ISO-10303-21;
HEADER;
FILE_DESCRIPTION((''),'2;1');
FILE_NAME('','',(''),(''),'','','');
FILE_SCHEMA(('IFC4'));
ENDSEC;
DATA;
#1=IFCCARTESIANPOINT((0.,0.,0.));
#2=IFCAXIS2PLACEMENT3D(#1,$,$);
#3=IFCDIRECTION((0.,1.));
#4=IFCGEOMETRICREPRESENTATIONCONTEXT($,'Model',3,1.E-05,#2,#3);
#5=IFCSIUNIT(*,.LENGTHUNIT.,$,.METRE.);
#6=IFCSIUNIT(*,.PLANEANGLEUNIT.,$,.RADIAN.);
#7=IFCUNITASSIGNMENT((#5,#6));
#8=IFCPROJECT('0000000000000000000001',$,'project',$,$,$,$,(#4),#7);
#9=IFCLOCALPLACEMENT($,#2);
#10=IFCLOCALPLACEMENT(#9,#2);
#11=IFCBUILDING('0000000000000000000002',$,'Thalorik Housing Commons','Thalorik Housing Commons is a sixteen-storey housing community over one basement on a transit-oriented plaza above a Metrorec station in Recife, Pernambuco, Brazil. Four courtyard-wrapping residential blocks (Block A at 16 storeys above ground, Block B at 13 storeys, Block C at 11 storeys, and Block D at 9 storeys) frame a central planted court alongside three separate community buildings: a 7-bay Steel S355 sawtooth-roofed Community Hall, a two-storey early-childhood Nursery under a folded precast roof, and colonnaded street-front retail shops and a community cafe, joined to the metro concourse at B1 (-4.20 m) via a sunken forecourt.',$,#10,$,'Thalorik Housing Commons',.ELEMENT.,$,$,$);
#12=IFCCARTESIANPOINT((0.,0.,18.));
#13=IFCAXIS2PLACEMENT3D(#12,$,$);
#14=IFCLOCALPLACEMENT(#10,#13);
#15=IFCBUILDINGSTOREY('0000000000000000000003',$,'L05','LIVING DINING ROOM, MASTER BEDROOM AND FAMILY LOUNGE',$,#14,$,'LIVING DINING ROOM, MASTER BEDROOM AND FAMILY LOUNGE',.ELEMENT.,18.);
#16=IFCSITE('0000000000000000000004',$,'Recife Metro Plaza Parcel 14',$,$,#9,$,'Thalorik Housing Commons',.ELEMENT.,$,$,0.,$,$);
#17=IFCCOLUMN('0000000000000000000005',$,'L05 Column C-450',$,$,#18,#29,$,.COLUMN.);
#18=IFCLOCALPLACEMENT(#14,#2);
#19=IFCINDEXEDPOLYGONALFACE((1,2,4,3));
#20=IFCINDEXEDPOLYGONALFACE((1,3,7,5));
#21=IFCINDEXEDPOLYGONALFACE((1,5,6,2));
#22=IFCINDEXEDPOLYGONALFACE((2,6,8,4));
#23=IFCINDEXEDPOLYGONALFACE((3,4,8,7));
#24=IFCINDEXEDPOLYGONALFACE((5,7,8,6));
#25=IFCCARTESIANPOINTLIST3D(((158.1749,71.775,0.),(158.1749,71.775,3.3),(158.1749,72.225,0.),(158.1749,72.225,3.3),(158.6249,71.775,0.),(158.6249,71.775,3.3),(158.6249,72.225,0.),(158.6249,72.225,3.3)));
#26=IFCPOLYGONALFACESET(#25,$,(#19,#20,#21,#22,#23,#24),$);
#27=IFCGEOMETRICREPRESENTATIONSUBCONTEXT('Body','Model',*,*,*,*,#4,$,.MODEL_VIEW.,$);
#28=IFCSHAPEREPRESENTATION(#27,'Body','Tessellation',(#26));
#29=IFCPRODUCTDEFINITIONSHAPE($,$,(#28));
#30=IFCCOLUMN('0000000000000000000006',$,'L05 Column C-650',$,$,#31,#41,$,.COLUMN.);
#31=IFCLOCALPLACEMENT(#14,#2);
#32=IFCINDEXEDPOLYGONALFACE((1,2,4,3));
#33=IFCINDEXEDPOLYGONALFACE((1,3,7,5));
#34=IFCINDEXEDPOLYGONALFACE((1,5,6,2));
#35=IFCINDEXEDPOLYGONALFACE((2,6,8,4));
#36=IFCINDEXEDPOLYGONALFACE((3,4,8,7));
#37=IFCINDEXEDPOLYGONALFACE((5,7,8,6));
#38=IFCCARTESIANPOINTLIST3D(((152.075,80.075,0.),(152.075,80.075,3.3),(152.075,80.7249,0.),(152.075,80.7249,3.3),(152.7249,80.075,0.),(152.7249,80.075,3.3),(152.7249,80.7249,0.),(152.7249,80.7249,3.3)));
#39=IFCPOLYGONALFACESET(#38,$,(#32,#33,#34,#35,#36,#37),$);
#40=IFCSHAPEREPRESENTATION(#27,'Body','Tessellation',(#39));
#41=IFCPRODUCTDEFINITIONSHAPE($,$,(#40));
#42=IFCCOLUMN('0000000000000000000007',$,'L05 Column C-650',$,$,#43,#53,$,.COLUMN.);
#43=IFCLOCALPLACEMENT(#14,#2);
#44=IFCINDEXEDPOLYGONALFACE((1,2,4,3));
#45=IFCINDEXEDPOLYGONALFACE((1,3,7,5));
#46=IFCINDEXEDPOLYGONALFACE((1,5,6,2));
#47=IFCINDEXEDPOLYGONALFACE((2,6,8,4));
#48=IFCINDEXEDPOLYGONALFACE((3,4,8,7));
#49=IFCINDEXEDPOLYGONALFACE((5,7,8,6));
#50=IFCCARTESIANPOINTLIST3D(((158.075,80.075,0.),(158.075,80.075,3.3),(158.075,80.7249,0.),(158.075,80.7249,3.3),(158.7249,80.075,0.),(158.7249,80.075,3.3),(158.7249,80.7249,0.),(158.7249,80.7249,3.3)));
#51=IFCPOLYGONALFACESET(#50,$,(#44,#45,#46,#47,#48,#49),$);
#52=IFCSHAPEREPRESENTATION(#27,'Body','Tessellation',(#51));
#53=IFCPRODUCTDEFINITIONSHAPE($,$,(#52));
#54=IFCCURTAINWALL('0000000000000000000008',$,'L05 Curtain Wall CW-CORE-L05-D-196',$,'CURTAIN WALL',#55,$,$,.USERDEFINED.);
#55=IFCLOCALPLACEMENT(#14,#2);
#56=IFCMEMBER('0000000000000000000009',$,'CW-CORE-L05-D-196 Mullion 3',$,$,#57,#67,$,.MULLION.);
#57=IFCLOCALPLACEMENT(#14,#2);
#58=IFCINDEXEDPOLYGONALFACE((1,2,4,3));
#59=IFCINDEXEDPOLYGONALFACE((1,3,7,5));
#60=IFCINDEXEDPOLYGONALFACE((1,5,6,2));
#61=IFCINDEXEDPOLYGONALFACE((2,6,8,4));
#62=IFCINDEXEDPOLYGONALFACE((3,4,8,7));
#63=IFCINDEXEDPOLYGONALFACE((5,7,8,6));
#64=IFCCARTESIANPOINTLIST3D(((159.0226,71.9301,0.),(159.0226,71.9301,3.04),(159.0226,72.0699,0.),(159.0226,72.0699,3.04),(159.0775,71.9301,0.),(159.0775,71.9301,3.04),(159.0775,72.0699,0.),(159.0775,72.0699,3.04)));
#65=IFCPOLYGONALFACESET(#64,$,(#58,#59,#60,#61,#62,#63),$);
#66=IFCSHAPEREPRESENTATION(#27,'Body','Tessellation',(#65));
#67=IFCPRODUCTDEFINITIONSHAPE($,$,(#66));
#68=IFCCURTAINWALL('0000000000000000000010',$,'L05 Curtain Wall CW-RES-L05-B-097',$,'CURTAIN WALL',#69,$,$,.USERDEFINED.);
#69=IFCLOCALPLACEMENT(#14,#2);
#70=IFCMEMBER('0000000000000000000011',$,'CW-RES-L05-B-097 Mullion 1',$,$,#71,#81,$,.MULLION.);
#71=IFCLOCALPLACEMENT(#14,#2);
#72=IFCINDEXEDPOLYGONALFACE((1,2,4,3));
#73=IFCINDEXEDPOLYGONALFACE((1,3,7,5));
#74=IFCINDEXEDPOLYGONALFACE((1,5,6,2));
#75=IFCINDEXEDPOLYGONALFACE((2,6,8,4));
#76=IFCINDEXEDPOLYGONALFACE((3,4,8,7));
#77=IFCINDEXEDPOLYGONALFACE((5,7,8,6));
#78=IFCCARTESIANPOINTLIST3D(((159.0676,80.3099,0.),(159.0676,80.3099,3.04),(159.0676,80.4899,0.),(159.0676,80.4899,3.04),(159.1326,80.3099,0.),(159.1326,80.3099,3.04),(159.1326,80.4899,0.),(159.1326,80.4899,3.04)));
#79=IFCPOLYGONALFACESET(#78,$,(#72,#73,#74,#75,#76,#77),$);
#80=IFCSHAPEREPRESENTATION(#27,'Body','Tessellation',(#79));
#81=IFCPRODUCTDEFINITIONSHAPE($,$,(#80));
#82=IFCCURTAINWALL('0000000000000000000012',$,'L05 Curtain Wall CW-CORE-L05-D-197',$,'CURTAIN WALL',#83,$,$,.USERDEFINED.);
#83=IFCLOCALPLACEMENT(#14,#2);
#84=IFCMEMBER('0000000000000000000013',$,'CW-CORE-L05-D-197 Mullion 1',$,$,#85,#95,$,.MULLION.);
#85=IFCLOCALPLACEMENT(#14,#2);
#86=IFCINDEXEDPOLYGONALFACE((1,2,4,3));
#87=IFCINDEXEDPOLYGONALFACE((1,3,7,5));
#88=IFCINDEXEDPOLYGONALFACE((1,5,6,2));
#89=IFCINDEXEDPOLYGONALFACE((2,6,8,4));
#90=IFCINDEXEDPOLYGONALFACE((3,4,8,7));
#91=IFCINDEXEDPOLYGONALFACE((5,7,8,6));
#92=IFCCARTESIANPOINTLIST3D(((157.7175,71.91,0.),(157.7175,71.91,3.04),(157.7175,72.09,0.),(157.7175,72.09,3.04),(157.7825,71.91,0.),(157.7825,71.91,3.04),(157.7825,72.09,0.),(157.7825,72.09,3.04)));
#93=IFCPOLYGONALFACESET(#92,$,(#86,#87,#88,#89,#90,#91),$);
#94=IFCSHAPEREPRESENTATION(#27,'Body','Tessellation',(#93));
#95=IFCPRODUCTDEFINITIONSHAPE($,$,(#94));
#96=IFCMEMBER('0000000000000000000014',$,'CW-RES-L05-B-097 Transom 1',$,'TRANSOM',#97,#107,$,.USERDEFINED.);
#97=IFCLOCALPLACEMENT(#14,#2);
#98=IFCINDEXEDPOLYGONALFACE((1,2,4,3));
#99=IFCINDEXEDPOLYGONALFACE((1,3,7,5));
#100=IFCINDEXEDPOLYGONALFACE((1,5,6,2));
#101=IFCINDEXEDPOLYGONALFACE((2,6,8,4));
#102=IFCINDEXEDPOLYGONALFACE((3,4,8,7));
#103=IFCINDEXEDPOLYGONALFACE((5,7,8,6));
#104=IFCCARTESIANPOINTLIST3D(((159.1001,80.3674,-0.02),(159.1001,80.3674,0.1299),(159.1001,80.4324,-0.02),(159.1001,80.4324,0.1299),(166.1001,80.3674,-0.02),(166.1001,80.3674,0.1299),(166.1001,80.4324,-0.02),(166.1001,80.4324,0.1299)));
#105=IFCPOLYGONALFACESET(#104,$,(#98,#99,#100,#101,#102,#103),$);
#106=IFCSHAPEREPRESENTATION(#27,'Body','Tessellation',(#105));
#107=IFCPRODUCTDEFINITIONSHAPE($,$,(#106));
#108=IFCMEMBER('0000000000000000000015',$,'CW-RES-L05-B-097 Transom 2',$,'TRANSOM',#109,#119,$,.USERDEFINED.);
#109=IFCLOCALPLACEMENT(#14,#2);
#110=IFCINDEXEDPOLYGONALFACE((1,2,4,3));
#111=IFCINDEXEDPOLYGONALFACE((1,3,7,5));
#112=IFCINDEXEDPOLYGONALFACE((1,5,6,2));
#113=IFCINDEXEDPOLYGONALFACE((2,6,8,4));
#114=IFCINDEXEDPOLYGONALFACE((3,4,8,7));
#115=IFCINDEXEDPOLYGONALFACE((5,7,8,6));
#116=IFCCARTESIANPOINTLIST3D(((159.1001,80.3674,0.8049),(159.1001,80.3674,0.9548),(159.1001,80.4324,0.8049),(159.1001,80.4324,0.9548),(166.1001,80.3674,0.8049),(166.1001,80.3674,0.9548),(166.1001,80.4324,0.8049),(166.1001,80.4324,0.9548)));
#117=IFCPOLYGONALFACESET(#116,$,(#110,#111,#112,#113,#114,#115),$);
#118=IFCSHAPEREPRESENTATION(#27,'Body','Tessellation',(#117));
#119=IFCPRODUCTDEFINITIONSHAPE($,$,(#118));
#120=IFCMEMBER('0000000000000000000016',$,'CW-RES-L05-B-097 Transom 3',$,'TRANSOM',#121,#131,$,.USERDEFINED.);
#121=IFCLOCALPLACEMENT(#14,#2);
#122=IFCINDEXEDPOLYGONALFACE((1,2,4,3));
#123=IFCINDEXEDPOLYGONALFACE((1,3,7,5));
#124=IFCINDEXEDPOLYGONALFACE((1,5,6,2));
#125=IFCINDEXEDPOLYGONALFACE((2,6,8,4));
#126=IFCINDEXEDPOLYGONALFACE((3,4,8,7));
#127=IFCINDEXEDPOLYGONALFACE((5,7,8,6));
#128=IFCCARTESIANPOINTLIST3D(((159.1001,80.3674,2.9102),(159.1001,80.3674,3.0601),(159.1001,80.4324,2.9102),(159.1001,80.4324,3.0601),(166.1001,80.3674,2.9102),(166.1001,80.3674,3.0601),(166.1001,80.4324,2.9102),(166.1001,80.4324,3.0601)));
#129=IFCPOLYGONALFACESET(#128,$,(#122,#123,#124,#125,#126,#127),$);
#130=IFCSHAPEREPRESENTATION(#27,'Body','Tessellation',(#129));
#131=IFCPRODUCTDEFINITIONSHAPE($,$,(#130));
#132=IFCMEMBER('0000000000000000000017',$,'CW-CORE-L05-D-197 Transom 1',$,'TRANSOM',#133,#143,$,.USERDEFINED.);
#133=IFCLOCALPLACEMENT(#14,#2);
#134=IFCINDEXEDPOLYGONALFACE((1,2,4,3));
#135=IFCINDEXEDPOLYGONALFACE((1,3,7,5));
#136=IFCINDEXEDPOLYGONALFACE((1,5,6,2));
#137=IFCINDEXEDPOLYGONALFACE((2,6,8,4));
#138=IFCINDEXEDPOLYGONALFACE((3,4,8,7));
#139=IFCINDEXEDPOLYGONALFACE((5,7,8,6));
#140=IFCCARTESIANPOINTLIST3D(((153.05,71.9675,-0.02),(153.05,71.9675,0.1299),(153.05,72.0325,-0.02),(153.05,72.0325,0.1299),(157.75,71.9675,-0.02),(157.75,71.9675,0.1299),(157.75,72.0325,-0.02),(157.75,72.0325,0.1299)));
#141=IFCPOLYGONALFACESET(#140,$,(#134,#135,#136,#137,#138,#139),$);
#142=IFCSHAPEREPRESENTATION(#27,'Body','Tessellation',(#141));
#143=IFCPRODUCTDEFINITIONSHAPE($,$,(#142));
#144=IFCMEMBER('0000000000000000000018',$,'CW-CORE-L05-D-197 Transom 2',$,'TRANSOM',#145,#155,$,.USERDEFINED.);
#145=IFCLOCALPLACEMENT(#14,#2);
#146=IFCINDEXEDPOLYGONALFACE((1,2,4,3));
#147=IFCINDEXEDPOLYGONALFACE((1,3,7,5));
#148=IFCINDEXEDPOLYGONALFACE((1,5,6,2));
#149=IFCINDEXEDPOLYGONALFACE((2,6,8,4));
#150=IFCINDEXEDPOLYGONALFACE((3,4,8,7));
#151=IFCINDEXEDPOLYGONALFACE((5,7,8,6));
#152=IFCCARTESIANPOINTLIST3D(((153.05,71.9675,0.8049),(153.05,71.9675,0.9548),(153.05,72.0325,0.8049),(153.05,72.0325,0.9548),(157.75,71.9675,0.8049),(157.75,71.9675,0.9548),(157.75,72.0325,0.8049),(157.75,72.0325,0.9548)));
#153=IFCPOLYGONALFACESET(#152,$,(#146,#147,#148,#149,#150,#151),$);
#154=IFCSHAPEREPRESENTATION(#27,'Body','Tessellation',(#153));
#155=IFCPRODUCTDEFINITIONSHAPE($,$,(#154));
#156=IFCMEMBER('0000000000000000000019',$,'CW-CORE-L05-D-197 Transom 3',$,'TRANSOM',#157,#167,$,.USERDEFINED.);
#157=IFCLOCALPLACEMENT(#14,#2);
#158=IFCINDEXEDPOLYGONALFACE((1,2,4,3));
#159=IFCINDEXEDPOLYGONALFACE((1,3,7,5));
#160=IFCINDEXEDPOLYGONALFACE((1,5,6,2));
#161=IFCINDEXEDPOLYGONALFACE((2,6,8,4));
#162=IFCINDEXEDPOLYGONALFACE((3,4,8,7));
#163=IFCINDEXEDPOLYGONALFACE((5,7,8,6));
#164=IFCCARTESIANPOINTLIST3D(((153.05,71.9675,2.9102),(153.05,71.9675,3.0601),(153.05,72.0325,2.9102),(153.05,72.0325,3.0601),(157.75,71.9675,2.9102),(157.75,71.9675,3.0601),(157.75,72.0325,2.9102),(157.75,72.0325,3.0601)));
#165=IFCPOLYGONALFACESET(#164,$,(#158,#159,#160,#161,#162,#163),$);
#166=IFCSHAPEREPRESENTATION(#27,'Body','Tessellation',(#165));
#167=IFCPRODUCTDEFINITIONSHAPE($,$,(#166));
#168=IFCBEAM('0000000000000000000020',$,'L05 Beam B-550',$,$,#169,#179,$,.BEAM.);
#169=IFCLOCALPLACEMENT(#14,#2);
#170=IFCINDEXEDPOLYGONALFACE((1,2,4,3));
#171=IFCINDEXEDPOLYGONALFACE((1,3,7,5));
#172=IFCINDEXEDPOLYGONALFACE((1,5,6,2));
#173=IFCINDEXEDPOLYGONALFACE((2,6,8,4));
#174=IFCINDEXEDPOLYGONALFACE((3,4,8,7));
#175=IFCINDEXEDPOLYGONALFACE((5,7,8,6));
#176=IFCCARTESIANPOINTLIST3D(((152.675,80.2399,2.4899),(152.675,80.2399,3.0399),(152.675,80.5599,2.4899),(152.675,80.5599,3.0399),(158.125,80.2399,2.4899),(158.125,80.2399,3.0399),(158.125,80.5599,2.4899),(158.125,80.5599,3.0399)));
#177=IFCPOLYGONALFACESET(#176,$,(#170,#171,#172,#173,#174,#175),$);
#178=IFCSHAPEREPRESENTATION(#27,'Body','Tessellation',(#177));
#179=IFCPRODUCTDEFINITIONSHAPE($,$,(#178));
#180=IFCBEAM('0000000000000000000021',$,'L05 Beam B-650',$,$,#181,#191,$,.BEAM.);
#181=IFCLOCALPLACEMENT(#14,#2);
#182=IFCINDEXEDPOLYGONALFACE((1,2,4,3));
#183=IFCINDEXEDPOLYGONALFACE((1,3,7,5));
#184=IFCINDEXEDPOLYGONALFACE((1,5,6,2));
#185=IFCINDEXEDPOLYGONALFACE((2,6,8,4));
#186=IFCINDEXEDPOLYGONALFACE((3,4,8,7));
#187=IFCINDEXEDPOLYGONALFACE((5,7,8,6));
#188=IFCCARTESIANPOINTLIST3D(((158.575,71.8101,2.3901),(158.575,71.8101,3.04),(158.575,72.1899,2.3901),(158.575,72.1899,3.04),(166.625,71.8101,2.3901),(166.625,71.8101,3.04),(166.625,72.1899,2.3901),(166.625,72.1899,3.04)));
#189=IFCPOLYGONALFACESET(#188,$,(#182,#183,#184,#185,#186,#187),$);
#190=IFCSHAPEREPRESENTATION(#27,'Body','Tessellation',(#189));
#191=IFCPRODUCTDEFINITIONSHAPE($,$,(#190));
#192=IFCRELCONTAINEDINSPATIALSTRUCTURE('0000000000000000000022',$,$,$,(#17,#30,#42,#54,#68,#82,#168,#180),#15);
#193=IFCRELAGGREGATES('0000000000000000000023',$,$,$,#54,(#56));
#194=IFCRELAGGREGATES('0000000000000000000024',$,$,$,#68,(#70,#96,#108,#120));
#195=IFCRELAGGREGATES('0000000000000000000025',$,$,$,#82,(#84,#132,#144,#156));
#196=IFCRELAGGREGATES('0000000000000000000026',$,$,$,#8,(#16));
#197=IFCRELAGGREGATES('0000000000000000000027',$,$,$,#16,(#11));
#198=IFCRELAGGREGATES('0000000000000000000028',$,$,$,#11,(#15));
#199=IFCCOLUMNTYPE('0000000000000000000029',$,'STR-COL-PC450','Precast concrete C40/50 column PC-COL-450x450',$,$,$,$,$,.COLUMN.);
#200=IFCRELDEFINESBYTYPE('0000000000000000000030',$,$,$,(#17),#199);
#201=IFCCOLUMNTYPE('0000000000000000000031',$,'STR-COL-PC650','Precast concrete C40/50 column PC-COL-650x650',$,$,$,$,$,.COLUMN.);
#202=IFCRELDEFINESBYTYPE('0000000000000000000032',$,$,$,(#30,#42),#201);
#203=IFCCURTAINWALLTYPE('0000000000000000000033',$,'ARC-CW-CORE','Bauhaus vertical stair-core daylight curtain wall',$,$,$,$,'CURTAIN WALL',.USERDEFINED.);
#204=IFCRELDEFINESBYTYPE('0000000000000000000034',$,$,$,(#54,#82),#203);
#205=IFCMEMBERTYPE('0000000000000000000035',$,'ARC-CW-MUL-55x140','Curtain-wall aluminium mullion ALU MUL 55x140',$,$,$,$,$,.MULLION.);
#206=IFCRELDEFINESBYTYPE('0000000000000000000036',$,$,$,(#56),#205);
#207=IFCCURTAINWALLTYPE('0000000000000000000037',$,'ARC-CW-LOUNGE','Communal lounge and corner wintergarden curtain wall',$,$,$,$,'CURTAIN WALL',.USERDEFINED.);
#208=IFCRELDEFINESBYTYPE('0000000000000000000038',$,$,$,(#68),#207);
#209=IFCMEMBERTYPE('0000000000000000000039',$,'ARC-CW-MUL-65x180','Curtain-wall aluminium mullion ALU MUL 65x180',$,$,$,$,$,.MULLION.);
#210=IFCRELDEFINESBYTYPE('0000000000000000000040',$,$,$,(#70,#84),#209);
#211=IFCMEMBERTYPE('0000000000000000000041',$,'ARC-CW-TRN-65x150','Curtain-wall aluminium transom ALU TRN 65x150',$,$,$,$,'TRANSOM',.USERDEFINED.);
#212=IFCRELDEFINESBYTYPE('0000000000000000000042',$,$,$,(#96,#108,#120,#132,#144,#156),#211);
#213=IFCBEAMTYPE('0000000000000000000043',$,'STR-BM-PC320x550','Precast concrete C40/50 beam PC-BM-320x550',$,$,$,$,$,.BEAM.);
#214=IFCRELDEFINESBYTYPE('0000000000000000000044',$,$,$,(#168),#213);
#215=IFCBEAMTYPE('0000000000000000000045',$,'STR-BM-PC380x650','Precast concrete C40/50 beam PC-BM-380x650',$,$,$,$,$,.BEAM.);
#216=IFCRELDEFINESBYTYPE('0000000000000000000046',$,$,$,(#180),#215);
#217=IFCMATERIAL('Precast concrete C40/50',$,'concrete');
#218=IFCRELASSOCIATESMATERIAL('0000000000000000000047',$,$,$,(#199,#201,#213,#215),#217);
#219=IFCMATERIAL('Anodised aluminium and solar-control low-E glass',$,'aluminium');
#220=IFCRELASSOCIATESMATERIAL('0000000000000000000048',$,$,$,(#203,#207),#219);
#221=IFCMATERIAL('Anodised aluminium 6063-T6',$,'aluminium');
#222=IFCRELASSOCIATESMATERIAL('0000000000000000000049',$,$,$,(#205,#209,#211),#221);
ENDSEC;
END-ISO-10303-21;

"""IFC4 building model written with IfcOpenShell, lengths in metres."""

from ifc_helpers import new_model, si_unit, direction, frame, origin, origin_2d, place, context, subcontext, project, spatial, rectangle, extrude, material, material_profile, profile_set, type_object, element, aggregate, save


model = new_model("IFC4")

# Units and contexts
model_context = context("Model", 3, precision=1e-05, world=origin(), true_north=direction((0.0, 1.0)))
body_context = subcontext(model_context, "Body", "Model", "MODEL_VIEW")
ifc_project = project(units=[si_unit("LENGTHUNIT", "METRE"), si_unit("PLANEANGLEUNIT", "RADIAN")], contexts=[model_context])

# Site, building, storey
site_placement = place(None, origin())
site = spatial("IfcSite", under=ifc_project, at=site_placement, Name="Recife Metro Plaza Parcel 14", LongName="Thalorik Housing Commons", CompositionType="ELEMENT", RefElevation=0.0)
building_placement = place(site_placement, origin())
building = spatial("IfcBuilding", under=site, at=building_placement, Name="Thalorik Housing Commons", Description="Thalorik Housing Commons is a sixteen-storey housing community over one basement on a transit-oriented plaza above a Metrorec station in Recife, Pernambuco, Brazil. Four courtyard-wrapping residential blocks (Block A at 16 storeys above ground, Block B at 13 storeys, Block C at 11 storeys, and Block D at 9 storeys) frame a central planted court alongside three separate community buildings: a 7-bay Steel S355 sawtooth-roofed Community Hall, a two-storey early-childhood Nursery under a folded precast roof, and colonnaded street-front retail shops and a community cafe, joined to the metro concourse at B1 (-4.20 m) via a sunken forecourt.", LongName="Thalorik Housing Commons", CompositionType="ELEMENT")
storey_placement = place(building_placement, frame((0.0, 0.0, 18.0)))
storey = spatial("IfcBuildingStorey", under=building, at=storey_placement, Name="L05", Description="LIVING DINING ROOM, MASTER BEDROOM AND FAMILY LOUNGE", LongName="LIVING DINING ROOM, MASTER BEDROOM AND FAMILY LOUNGE", CompositionType="ELEMENT", Elevation=18.0)

# Columns
ifc_material_1 = material(Name="Precast concrete C40/50", Category="concrete")
ifc_material_profile_1 = material_profile(ifc_material_1, rectangle(XDim=0.45, YDim=0.45, at=origin_2d()), Name="PC 450x450", Category="concrete")
ifc_profile_set_1 = profile_set([ifc_material_profile_1], Name="Precast concrete C40/50")
column_type_1 = type_object("IfcColumnType", Name="STR-COL-PC450", Description="Precast concrete C40/50 column PC-COL-450x450", PredefinedType="COLUMN", material=ifc_profile_set_1)
column_placement = place(storey_placement, frame((158.3999, 72.0, 0.0), z_axis=(0.0, 0.0, 1.0), x_axis=(1.0, 0.0, 0.0)))
element("IfcColumn", 1, at=column_placement, inside=storey, type_object=column_type_1, Name="L05 Column C-450", PredefinedType="COLUMN", context=body_context, shape_type="SweptSolid", body=[
    extrude(rectangle(XDim=0.45, YDim=0.45, at=origin_2d()), origin(), (0.0, 0.0, 1.0), 3.3),
])
ifc_material_profile_2 = material_profile(ifc_material_1, rectangle(XDim=0.6499, YDim=0.6499, at=origin_2d()), Name="PC 650x650", Category="concrete")
ifc_profile_set_2 = profile_set([ifc_material_profile_2], Name="Precast concrete C40/50")
column_type_2 = type_object("IfcColumnType", Name="STR-COL-PC650", Description="Precast concrete C40/50 column PC-COL-650x650", PredefinedType="COLUMN", material=ifc_profile_set_2)
for number, where, z_axis, x_axis, name in (
    (2, (152.3999, 80.3999, 0.0), (0.0, 0.0, 1.0), (1.0, 0.0, 0.0), "L05 Column C-650"),
    (3, (158.3999, 80.3999, 0.0), (0.0, 0.0, 1.0), (1.0, 0.0, 0.0), "L05 Column C-650"),
):
    element("IfcColumn", number, at=place(storey_placement, frame(where, z_axis=z_axis, x_axis=x_axis)), inside=storey, type_object=column_type_2, Name=name, PredefinedType="COLUMN", context=body_context, shape_type="SweptSolid", body=[
        extrude(rectangle(XDim=0.6499, YDim=0.6499, at=origin_2d()), origin(), (0.0, 0.0, 1.0), 3.3),
    ])

# Curtain walls, members
ifc_material_2 = material(Name="Anodised aluminium and solar-control low-E glass", Category="aluminium")
curtain_wall_type_1 = type_object("IfcCurtainWallType", Name="ARC-CW-CORE", Description="Bauhaus vertical stair-core daylight curtain wall", ElementType="CURTAIN WALL", PredefinedType="USERDEFINED", material=ifc_material_2)
curtain_wall_1_placement = place(storey_placement, origin())
curtain_wall_1 = element("IfcCurtainWall", 4, at=curtain_wall_1_placement, inside=storey, type_object=curtain_wall_type_1, Name="L05 Curtain Wall CW-CORE-L05-D-196", ObjectType="CURTAIN WALL", PredefinedType="USERDEFINED")
ifc_material_3 = material(Name="Anodised aluminium 6063-T6", Category="aluminium")
ifc_material_profile_3 = material_profile(ifc_material_3, rectangle(XDim=0.0549, YDim=0.1399, at=origin_2d()), Name="ALU MUL 55x140", Category="aluminium")
ifc_profile_set_3 = profile_set([ifc_material_profile_3], Name="Anodised aluminium 6063-T6")
member_type_1 = type_object("IfcMemberType", Name="ARC-CW-MUL-55x140", Description="Curtain-wall aluminium mullion ALU MUL 55x140", PredefinedType="MULLION", material=ifc_profile_set_3)
member_1_placement = place(storey_placement, frame((159.05, 72.0, 0.0), z_axis=(0.0, 0.0, 1.0), x_axis=(-1.0, 0.0, 0.0)))
member_1 = element("IfcMember", 5, at=member_1_placement, type_object=member_type_1, Name="CW-CORE-L05-D-196 Mullion 3", PredefinedType="MULLION", context=body_context, shape_type="SweptSolid", body=[
    extrude(rectangle(XDim=0.0549, YDim=0.1399, at=origin_2d()), origin(), (0.0, 0.0, 1.0), 3.04),
])
aggregate(curtain_wall_1, [member_1])
curtain_wall_type_2 = type_object("IfcCurtainWallType", Name="ARC-CW-LOUNGE", Description="Communal lounge and corner wintergarden curtain wall", ElementType="CURTAIN WALL", PredefinedType="USERDEFINED", material=ifc_material_2)
curtain_wall_2_placement = place(storey_placement, origin())
curtain_wall_2 = element("IfcCurtainWall", 6, at=curtain_wall_2_placement, inside=storey, type_object=curtain_wall_type_2, Name="L05 Curtain Wall CW-RES-L05-B-097", ObjectType="CURTAIN WALL", PredefinedType="USERDEFINED")
ifc_material_profile_4 = material_profile(ifc_material_3, rectangle(XDim=0.0649, YDim=0.1799, at=origin_2d()), Name="ALU MUL 65x180", Category="aluminium")
ifc_profile_set_4 = profile_set([ifc_material_profile_4], Name="Anodised aluminium 6063-T6")
member_type_2 = type_object("IfcMemberType", Name="ARC-CW-MUL-65x180", Description="Curtain-wall aluminium mullion ALU MUL 65x180", PredefinedType="MULLION", material=ifc_profile_set_4)
member_2_placement = place(storey_placement, frame((159.1001, 80.3999, 0.0), z_axis=(0.0, 0.0, 1.0), x_axis=(1.0, 0.0, 0.0)))
member_2 = element("IfcMember", 7, at=member_2_placement, type_object=member_type_2, Name="CW-RES-L05-B-097 Mullion 1", PredefinedType="MULLION", context=body_context, shape_type="SweptSolid", body=[
    extrude(rectangle(XDim=0.0649, YDim=0.1799, at=origin_2d()), origin(), (0.0, 0.0, 1.0), 3.04),
])
curtain_wall_3_placement = place(storey_placement, origin())
curtain_wall_3 = element("IfcCurtainWall", 8, at=curtain_wall_3_placement, inside=storey, type_object=curtain_wall_type_1, Name="L05 Curtain Wall CW-CORE-L05-D-197", ObjectType="CURTAIN WALL", PredefinedType="USERDEFINED")
member_3_placement = place(storey_placement, frame((157.75, 72.0, 0.0), z_axis=(0.0, 0.0, 1.0), x_axis=(-1.0, 0.0, 0.0)))
member_3 = element("IfcMember", 9, at=member_3_placement, type_object=member_type_2, Name="CW-CORE-L05-D-197 Mullion 1", PredefinedType="MULLION", context=body_context, shape_type="SweptSolid", body=[
    extrude(rectangle(XDim=0.0649, YDim=0.1799, at=origin_2d()), origin(), (0.0, 0.0, 1.0), 3.04),
])

# Members
ifc_material_profile_5 = material_profile(ifc_material_3, rectangle(XDim=0.0649, YDim=0.1499, at=origin_2d()), Name="ALU TRN 65x150", Category="aluminium")
ifc_profile_set_5 = profile_set([ifc_material_profile_5], Name="Anodised aluminium 6063-T6")
member_type_3 = type_object("IfcMemberType", Name="ARC-CW-TRN-65x150", Description="Curtain-wall aluminium transom ALU TRN 65x150", ElementType="TRANSOM", PredefinedType="USERDEFINED", material=ifc_profile_set_5)
member_4_placement = place(storey_placement, frame((159.1001, 80.3999, 0.0549), z_axis=(1.0, 0.0, 0.0), x_axis=(0.0, 1.0, 0.0)))
member_4 = element("IfcMember", 10, at=member_4_placement, type_object=member_type_3, Name="CW-RES-L05-B-097 Transom 1", ObjectType="TRANSOM", PredefinedType="USERDEFINED", context=body_context, shape_type="SweptSolid", body=[
    extrude(rectangle(XDim=0.0649, YDim=0.1499, at=origin_2d()), origin(), (0.0, 0.0, 1.0), 7.0),
])
member_5_placement = place(storey_placement, frame((159.1001, 80.3999, 0.8799), z_axis=(1.0, 0.0, 0.0), x_axis=(0.0, 1.0, 0.0)))
member_5 = element("IfcMember", 11, at=member_5_placement, type_object=member_type_3, Name="CW-RES-L05-B-097 Transom 2", ObjectType="TRANSOM", PredefinedType="USERDEFINED", context=body_context, shape_type="SweptSolid", body=[
    extrude(rectangle(XDim=0.0649, YDim=0.1499, at=origin_2d()), origin(), (0.0, 0.0, 1.0), 7.0),
])
member_6_placement = place(storey_placement, frame((159.1001, 80.3999, 2.9851), z_axis=(1.0, 0.0, 0.0), x_axis=(0.0, 1.0, 0.0)))
member_6 = element("IfcMember", 12, at=member_6_placement, type_object=member_type_3, Name="CW-RES-L05-B-097 Transom 3", ObjectType="TRANSOM", PredefinedType="USERDEFINED", context=body_context, shape_type="SweptSolid", body=[
    extrude(rectangle(XDim=0.0649, YDim=0.1499, at=origin_2d()), origin(), (0.0, 0.0, 1.0), 7.0),
])
aggregate(curtain_wall_2, [member_2, member_4, member_5, member_6])
member_7_placement = place(storey_placement, frame((157.75, 72.0, 0.0549), z_axis=(-1.0, 0.0, 0.0), x_axis=(0.0, -1.0, 0.0)))
member_7 = element("IfcMember", 13, at=member_7_placement, type_object=member_type_3, Name="CW-CORE-L05-D-197 Transom 1", ObjectType="TRANSOM", PredefinedType="USERDEFINED", context=body_context, shape_type="SweptSolid", body=[
    extrude(rectangle(XDim=0.0649, YDim=0.1499, at=origin_2d()), origin(), (0.0, 0.0, 1.0), 4.7),
])
member_8_placement = place(storey_placement, frame((157.75, 72.0, 0.8799), z_axis=(-1.0, 0.0, 0.0), x_axis=(0.0, -1.0, 0.0)))
member_8 = element("IfcMember", 14, at=member_8_placement, type_object=member_type_3, Name="CW-CORE-L05-D-197 Transom 2", ObjectType="TRANSOM", PredefinedType="USERDEFINED", context=body_context, shape_type="SweptSolid", body=[
    extrude(rectangle(XDim=0.0649, YDim=0.1499, at=origin_2d()), origin(), (0.0, 0.0, 1.0), 4.7),
])
member_9_placement = place(storey_placement, frame((157.75, 72.0, 2.9851), z_axis=(-1.0, 0.0, 0.0), x_axis=(0.0, -1.0, 0.0)))
member_9 = element("IfcMember", 15, at=member_9_placement, type_object=member_type_3, Name="CW-CORE-L05-D-197 Transom 3", ObjectType="TRANSOM", PredefinedType="USERDEFINED", context=body_context, shape_type="SweptSolid", body=[
    extrude(rectangle(XDim=0.0649, YDim=0.1499, at=origin_2d()), origin(), (0.0, 0.0, 1.0), 4.7),
])

# Beams
ifc_material_profile_6 = material_profile(ifc_material_1, rectangle(XDim=0.3201, YDim=0.55, at=origin_2d()), Name="PC 320x550", Category="concrete")
ifc_profile_set_6 = profile_set([ifc_material_profile_6], Name="Precast concrete C40/50")
beam_type_1 = type_object("IfcBeamType", Name="STR-BM-PC320x550", Description="Precast concrete C40/50 beam PC-BM-320x550", PredefinedType="BEAM", material=ifc_profile_set_6)
beam_1_placement = place(storey_placement, frame((152.675, 80.3999, 2.7649), z_axis=(1.0, 0.0, 0.0), x_axis=(0.0, 1.0, 0.0)))
element("IfcBeam", 16, at=beam_1_placement, inside=storey, type_object=beam_type_1, Name="L05 Beam B-550", PredefinedType="BEAM", context=body_context, shape_type="SweptSolid", body=[
    extrude(rectangle(XDim=0.3201, YDim=0.55, at=origin_2d()), origin(), (0.0, 0.0, 1.0), 5.45),
])
ifc_material_profile_7 = material_profile(ifc_material_1, rectangle(XDim=0.3799, YDim=0.6499, at=origin_2d()), Name="PC 380x650", Category="concrete")
ifc_profile_set_7 = profile_set([ifc_material_profile_7], Name="Precast concrete C40/50")
beam_type_2 = type_object("IfcBeamType", Name="STR-BM-PC380x650", Description="Precast concrete C40/50 beam PC-BM-380x650", PredefinedType="BEAM", material=ifc_profile_set_7)
beam_2_placement = place(storey_placement, frame((158.575, 72.0, 2.7151), z_axis=(1.0, 0.0, 0.0), x_axis=(0.0, 1.0, 0.0)))
element("IfcBeam", 17, at=beam_2_placement, inside=storey, type_object=beam_type_2, Name="L05 Beam B-650", PredefinedType="BEAM", context=body_context, shape_type="SweptSolid", body=[
    extrude(rectangle(XDim=0.3799, YDim=0.6499, at=origin_2d()), origin(), (0.0, 0.0, 1.0), 8.05),
])

aggregate(curtain_wall_3, [member_3, member_7, member_8, member_9])

save(model, "model.ifc")
